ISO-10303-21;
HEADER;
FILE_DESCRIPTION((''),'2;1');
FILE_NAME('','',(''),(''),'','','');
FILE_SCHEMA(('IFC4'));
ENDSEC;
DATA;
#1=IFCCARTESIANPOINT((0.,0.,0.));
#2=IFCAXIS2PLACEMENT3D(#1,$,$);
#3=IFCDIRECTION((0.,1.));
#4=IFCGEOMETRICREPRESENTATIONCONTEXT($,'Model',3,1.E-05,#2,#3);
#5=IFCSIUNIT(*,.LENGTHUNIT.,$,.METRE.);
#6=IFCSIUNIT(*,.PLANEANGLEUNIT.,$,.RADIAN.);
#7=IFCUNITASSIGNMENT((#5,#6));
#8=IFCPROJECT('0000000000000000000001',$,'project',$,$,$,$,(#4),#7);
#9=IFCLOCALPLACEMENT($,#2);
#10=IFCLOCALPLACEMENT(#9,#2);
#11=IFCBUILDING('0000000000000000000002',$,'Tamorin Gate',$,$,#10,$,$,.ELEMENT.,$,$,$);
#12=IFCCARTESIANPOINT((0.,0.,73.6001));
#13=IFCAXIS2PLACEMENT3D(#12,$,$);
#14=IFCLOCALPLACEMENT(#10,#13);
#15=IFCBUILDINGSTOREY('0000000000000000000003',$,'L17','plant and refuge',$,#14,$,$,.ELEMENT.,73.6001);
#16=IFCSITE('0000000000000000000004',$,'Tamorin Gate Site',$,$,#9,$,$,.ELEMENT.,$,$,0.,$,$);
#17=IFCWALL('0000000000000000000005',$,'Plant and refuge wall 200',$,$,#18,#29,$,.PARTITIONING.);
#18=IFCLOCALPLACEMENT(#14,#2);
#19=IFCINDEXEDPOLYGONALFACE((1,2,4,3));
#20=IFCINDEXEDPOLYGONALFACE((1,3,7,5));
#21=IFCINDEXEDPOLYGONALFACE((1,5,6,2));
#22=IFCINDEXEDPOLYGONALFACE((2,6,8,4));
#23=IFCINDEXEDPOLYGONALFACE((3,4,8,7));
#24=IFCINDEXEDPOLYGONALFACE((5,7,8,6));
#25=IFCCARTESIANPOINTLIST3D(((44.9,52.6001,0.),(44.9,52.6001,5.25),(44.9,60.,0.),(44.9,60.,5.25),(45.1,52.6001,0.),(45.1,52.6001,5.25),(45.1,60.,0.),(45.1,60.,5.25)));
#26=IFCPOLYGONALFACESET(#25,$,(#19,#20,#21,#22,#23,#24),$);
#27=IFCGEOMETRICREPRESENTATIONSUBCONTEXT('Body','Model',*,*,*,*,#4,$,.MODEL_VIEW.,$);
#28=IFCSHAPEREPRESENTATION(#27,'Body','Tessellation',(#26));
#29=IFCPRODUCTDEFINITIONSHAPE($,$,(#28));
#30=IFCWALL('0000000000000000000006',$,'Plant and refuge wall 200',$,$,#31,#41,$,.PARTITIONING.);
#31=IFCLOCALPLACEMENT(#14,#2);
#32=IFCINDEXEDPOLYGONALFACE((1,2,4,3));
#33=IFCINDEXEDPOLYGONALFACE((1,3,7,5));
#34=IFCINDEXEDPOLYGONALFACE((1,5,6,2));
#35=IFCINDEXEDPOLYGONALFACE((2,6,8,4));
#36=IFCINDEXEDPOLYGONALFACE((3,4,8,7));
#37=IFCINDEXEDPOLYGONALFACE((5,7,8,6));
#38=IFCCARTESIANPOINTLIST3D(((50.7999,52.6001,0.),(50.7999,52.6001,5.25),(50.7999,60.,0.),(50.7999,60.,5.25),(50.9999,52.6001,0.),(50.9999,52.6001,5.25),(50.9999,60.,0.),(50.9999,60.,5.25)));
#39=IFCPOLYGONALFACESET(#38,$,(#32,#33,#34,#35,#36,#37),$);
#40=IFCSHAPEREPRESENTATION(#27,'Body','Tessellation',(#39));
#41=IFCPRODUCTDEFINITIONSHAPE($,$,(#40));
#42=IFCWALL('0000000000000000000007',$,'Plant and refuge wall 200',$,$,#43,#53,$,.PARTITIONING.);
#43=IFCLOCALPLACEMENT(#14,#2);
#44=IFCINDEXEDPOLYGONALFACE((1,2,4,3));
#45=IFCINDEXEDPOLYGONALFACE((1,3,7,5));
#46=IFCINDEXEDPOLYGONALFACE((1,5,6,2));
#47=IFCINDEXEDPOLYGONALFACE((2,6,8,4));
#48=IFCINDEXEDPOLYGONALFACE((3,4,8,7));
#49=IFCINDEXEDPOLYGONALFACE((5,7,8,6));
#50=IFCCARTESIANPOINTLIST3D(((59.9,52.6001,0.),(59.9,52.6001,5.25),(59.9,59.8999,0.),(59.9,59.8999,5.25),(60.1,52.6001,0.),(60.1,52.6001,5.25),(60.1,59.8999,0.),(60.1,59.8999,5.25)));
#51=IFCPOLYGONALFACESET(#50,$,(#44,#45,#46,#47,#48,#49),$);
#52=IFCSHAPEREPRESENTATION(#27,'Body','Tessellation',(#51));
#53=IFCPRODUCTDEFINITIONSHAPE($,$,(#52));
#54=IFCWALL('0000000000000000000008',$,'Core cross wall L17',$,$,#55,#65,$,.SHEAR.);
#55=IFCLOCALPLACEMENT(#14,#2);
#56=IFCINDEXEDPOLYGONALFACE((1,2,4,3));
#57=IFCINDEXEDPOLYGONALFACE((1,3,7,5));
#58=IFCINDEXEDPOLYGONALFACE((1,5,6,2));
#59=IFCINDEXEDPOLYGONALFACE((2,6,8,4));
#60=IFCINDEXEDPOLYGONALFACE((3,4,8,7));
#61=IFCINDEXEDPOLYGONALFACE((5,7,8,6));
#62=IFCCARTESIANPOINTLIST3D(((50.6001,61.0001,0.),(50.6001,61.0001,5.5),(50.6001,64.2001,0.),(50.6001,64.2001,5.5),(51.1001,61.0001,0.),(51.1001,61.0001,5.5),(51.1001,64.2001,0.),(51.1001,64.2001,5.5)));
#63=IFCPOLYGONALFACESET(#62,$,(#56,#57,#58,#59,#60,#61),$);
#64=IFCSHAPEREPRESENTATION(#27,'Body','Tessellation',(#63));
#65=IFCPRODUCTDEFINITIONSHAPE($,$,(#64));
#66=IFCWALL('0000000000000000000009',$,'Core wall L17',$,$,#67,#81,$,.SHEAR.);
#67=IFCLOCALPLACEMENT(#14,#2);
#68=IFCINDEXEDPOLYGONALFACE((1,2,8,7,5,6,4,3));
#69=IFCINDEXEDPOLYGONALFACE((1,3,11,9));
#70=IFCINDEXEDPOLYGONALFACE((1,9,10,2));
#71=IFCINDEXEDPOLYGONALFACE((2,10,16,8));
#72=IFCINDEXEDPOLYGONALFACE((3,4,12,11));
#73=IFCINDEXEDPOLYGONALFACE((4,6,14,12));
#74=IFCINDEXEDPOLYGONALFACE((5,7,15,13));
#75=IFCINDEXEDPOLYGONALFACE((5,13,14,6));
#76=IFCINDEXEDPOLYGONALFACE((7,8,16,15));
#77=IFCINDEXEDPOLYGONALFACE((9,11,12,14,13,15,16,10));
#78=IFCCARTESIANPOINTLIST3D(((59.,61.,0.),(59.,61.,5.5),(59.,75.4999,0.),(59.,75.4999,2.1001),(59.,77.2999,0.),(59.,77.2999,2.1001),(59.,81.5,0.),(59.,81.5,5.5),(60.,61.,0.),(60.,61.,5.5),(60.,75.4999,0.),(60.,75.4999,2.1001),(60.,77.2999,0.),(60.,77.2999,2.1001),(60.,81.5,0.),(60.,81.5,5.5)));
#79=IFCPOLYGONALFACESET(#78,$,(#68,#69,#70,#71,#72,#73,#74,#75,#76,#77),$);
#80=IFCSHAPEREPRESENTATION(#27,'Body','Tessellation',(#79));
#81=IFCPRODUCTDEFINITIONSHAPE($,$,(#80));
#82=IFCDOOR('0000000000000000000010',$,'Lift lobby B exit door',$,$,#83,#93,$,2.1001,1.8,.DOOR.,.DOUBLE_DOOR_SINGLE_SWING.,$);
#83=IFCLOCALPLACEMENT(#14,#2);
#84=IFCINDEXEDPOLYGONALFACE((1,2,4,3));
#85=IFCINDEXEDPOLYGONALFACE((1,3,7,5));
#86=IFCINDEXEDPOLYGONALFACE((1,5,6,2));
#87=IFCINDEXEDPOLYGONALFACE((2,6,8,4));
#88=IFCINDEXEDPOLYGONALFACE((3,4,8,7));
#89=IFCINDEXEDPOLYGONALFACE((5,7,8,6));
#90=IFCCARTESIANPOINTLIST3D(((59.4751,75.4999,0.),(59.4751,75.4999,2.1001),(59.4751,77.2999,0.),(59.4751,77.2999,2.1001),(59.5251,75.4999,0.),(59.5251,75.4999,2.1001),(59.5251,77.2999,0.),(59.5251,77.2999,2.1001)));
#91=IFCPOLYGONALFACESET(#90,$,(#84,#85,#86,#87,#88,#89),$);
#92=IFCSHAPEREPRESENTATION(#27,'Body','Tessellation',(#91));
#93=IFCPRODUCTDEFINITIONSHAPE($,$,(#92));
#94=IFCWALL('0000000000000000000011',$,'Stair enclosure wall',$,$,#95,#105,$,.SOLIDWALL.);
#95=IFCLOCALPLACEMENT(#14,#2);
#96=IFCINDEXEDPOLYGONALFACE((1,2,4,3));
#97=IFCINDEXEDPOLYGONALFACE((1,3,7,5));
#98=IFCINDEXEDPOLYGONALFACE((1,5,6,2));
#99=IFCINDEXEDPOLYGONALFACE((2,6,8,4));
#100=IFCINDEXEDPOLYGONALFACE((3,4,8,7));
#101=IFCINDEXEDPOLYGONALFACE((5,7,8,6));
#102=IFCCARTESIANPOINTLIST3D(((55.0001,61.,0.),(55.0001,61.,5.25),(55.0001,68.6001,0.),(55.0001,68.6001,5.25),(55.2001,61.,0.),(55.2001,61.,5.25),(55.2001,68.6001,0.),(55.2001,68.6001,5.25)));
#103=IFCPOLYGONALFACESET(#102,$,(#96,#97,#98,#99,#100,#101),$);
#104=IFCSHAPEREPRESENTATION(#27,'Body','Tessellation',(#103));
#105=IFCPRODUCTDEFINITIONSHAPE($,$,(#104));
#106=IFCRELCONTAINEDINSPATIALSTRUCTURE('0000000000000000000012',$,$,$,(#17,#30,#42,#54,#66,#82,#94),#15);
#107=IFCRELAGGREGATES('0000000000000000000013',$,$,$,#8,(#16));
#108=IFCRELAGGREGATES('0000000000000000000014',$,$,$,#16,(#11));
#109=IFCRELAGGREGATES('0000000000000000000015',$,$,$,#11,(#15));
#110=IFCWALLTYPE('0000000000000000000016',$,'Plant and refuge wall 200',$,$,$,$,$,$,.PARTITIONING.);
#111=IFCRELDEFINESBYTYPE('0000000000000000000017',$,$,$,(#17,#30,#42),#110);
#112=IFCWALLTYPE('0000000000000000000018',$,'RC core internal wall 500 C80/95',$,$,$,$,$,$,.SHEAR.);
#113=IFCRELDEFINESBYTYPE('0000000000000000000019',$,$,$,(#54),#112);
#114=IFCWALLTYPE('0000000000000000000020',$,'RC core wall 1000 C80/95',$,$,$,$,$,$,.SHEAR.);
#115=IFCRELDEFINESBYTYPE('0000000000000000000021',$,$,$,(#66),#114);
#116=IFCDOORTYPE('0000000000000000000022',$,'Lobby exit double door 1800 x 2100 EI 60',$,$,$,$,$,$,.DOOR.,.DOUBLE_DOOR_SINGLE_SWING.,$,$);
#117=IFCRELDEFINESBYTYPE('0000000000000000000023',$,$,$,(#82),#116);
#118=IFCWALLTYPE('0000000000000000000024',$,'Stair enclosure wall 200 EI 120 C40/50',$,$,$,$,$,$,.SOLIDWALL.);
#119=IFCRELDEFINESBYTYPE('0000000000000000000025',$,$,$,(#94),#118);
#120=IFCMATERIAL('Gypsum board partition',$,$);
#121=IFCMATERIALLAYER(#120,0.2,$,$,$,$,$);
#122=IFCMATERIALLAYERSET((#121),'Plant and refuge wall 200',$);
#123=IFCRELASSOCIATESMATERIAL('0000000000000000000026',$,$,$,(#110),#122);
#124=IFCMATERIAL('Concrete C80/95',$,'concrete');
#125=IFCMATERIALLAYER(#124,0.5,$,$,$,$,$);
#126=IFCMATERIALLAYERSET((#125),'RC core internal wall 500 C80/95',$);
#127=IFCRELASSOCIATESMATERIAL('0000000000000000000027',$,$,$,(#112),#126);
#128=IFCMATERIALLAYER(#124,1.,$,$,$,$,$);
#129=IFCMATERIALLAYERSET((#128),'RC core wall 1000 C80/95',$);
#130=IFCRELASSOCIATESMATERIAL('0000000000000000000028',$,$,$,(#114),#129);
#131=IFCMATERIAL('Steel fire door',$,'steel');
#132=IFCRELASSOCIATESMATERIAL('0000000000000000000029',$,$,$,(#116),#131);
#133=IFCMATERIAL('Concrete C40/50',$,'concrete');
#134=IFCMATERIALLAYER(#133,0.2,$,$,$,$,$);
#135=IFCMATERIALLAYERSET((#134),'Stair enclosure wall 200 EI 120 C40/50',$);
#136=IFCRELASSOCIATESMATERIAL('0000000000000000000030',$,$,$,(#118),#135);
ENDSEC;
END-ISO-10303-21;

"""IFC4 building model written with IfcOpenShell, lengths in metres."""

from ifc_helpers import new_model, si_unit, direction, frame, frame_2d, origin, place, context, subcontext, project, spatial, rectangle, extrude, material, layer, layer_set, type_object, element, fill, save


model = new_model("IFC4")

# Units and contexts
model_context = context("Model", 3, precision=1e-05, world=origin(), true_north=direction((0.0, 1.0)))
body_context = subcontext(model_context, "Body", "Model", "MODEL_VIEW")
ifc_project = project(units=[si_unit("LENGTHUNIT", "METRE"), si_unit("PLANEANGLEUNIT", "RADIAN")], contexts=[model_context])

# Site, building, storey
site_placement = place(None, origin())
site = spatial("IfcSite", under=ifc_project, at=site_placement, Name="Tamorin Gate Site", CompositionType="ELEMENT", RefElevation=0.0)
building_placement = place(site_placement, origin())
building = spatial("IfcBuilding", under=site, at=building_placement, Name="Tamorin Gate", CompositionType="ELEMENT")
storey_placement = place(building_placement, frame((0.0, 0.0, 73.6001)))
storey = spatial("IfcBuildingStorey", under=building, at=storey_placement, Name="L17", Description="plant and refuge", CompositionType="ELEMENT", Elevation=73.6001)

# Shared definitions
ifc_material_1 = material(Name="Concrete C80/95", Category="concrete")

# Shared definitions
ifc_material_2 = material(Name="Gypsum board partition")
ifc_layer_1 = layer(ifc_material_2, 0.2)
ifc_layer_set_1 = layer_set([ifc_layer_1], Name="Plant and refuge wall 200")
wall_type_1 = type_object("IfcWallType", Name="Plant and refuge wall 200", PredefinedType="PARTITIONING", material=ifc_layer_set_1)

# Walls
for number, where, z_axis, x_axis, name in (
    (1, (45.0, 52.6001, 0.0), (0.0, 0.0, 1.0), (0.0, 1.0, 0.0), "Plant and refuge wall 200"),
    (2, (50.8999, 52.6001, 0.0), (0.0, 0.0, 1.0), (0.0, 1.0, 0.0), "Plant and refuge wall 200"),
):
    element("IfcWall", number, at=place(storey_placement, frame(where, z_axis=z_axis, x_axis=x_axis)), inside=storey, type_object=wall_type_1, Name=name, PredefinedType="PARTITIONING", context=body_context, shape_type="SweptSolid", body=[
        extrude(rectangle(XDim=7.3999, YDim=0.2, at=frame_2d((3.7, 0.0))), origin(), (0.0, 0.0, 1.0), 5.25),
    ])
wall_1_placement = place(storey_placement, frame((60.0, 52.6001, 0.0), z_axis=(0.0, 0.0, 1.0), x_axis=(0.0, 1.0, 0.0)))
element("IfcWall", 3, at=wall_1_placement, inside=storey, type_object=wall_type_1, Name="Plant and refuge wall 200", PredefinedType="PARTITIONING", context=body_context, shape_type="SweptSolid", body=[
    extrude(rectangle(XDim=7.2998, YDim=0.2, at=frame_2d((3.6499, 0.0))), origin(), (0.0, 0.0, 1.0), 5.25),
])
ifc_layer_2 = layer(ifc_material_1, 0.5)
ifc_layer_set_2 = layer_set([ifc_layer_2], Name="RC core internal wall 500 C80/95")
wall_type_2 = type_object("IfcWallType", Name="RC core internal wall 500 C80/95", PredefinedType="SHEAR", material=ifc_layer_set_2)
wall_2_placement = place(storey_placement, frame((50.8501, 61.0, 0.0), z_axis=(0.0, 0.0, 1.0), x_axis=(0.0, 1.0, 0.0)))
element("IfcWall", 4, at=wall_2_placement, inside=storey, type_object=wall_type_2, Name="Core cross wall L17", PredefinedType="SHEAR", context=body_context, shape_type="SweptSolid", body=[
    extrude(rectangle(XDim=3.2, YDim=0.5, at=frame_2d((1.6001, 0.0))), origin(), (0.0, 0.0, 1.0), 5.5),
])

# Wall, opening, door
ifc_layer_3 = layer(ifc_material_1, 1.0)
ifc_layer_set_3 = layer_set([ifc_layer_3], Name="RC core wall 1000 C80/95")
wall_type_3 = type_object("IfcWallType", Name="RC core wall 1000 C80/95", PredefinedType="SHEAR", material=ifc_layer_set_3)
wall_3_placement = place(storey_placement, frame((59.5, 61.0, 0.0), z_axis=(0.0, 0.0, 1.0), x_axis=(0.0, 1.0, 0.0)))
wall_3 = element("IfcWall", 5, at=wall_3_placement, inside=storey, type_object=wall_type_3, Name="Core wall L17", PredefinedType="SHEAR", context=body_context, shape_type="SweptSolid", body=[
    extrude(rectangle(XDim=20.5, YDim=1.0, at=frame_2d((10.25, 0.0))), origin(), (0.0, 0.0, 1.0), 5.5),
])
opening_1_placement = place(wall_3_placement, frame((14.5, 0.0, 0.0)))
opening_1 = element("IfcOpeningElement", 6, at=opening_1_placement, cuts=wall_3, PredefinedType="OPENING", context=body_context, shape_type="SweptSolid", body=[
    extrude(rectangle(XDim=1.8, YDim=2.1001, at=frame_2d((0.8999, 1.05))), frame((0.0, 0.51, 0.0), z_axis=(0.0, -1.0, 0.0), x_axis=(1.0, 0.0, 0.0)), (0.0, 0.0, 1.0), 1.02),
])
ifc_material_3 = material(Name="Steel fire door", Category="steel")
door_type_1 = type_object("IfcDoorType", Name="Lobby exit double door 1800 x 2100 EI 60", OperationType="DOUBLE_DOOR_SINGLE_SWING", PredefinedType="DOOR", material=ifc_material_3)
door_1_placement = place(opening_1_placement, origin())
door_1 = element("IfcDoor", 7, at=door_1_placement, inside=storey, type_object=door_type_1, Name="Lift lobby B exit door", OperationType="DOUBLE_DOOR_SINGLE_SWING", OverallHeight=2.1001, OverallWidth=1.8, PredefinedType="DOOR", context=body_context, shape_type="SweptSolid", body=[
    extrude(rectangle(XDim=1.8, YDim=2.1001, at=frame_2d((0.8999, 1.05))), frame((0.0, 0.0249, 0.0), z_axis=(0.0, -1.0, 0.0), x_axis=(1.0, 0.0, 0.0)), (0.0, 0.0, 1.0), 0.05),
])
fill(opening_1, door_1)

# Wall
ifc_material_4 = material(Name="Concrete C40/50", Category="concrete")
ifc_layer_4 = layer(ifc_material_4, 0.2)
ifc_layer_set_4 = layer_set([ifc_layer_4], Name="Stair enclosure wall 200 EI 120 C40/50")
wall_type_4 = type_object("IfcWallType", Name="Stair enclosure wall 200 EI 120 C40/50", PredefinedType="SOLIDWALL", material=ifc_layer_set_4)
wall_4_placement = place(storey_placement, frame((55.1001, 61.0, 0.0), z_axis=(0.0, 0.0, 1.0), x_axis=(0.0, 1.0, 0.0)))
element("IfcWall", 8, at=wall_4_placement, inside=storey, type_object=wall_type_4, Name="Stair enclosure wall", PredefinedType="SOLIDWALL", context=body_context, shape_type="SweptSolid", body=[
    extrude(rectangle(XDim=7.6001, YDim=0.2, at=frame_2d((3.8, 0.0))), origin(), (0.0, 0.0, 1.0), 5.25),
])

save(model, "model.ifc")
